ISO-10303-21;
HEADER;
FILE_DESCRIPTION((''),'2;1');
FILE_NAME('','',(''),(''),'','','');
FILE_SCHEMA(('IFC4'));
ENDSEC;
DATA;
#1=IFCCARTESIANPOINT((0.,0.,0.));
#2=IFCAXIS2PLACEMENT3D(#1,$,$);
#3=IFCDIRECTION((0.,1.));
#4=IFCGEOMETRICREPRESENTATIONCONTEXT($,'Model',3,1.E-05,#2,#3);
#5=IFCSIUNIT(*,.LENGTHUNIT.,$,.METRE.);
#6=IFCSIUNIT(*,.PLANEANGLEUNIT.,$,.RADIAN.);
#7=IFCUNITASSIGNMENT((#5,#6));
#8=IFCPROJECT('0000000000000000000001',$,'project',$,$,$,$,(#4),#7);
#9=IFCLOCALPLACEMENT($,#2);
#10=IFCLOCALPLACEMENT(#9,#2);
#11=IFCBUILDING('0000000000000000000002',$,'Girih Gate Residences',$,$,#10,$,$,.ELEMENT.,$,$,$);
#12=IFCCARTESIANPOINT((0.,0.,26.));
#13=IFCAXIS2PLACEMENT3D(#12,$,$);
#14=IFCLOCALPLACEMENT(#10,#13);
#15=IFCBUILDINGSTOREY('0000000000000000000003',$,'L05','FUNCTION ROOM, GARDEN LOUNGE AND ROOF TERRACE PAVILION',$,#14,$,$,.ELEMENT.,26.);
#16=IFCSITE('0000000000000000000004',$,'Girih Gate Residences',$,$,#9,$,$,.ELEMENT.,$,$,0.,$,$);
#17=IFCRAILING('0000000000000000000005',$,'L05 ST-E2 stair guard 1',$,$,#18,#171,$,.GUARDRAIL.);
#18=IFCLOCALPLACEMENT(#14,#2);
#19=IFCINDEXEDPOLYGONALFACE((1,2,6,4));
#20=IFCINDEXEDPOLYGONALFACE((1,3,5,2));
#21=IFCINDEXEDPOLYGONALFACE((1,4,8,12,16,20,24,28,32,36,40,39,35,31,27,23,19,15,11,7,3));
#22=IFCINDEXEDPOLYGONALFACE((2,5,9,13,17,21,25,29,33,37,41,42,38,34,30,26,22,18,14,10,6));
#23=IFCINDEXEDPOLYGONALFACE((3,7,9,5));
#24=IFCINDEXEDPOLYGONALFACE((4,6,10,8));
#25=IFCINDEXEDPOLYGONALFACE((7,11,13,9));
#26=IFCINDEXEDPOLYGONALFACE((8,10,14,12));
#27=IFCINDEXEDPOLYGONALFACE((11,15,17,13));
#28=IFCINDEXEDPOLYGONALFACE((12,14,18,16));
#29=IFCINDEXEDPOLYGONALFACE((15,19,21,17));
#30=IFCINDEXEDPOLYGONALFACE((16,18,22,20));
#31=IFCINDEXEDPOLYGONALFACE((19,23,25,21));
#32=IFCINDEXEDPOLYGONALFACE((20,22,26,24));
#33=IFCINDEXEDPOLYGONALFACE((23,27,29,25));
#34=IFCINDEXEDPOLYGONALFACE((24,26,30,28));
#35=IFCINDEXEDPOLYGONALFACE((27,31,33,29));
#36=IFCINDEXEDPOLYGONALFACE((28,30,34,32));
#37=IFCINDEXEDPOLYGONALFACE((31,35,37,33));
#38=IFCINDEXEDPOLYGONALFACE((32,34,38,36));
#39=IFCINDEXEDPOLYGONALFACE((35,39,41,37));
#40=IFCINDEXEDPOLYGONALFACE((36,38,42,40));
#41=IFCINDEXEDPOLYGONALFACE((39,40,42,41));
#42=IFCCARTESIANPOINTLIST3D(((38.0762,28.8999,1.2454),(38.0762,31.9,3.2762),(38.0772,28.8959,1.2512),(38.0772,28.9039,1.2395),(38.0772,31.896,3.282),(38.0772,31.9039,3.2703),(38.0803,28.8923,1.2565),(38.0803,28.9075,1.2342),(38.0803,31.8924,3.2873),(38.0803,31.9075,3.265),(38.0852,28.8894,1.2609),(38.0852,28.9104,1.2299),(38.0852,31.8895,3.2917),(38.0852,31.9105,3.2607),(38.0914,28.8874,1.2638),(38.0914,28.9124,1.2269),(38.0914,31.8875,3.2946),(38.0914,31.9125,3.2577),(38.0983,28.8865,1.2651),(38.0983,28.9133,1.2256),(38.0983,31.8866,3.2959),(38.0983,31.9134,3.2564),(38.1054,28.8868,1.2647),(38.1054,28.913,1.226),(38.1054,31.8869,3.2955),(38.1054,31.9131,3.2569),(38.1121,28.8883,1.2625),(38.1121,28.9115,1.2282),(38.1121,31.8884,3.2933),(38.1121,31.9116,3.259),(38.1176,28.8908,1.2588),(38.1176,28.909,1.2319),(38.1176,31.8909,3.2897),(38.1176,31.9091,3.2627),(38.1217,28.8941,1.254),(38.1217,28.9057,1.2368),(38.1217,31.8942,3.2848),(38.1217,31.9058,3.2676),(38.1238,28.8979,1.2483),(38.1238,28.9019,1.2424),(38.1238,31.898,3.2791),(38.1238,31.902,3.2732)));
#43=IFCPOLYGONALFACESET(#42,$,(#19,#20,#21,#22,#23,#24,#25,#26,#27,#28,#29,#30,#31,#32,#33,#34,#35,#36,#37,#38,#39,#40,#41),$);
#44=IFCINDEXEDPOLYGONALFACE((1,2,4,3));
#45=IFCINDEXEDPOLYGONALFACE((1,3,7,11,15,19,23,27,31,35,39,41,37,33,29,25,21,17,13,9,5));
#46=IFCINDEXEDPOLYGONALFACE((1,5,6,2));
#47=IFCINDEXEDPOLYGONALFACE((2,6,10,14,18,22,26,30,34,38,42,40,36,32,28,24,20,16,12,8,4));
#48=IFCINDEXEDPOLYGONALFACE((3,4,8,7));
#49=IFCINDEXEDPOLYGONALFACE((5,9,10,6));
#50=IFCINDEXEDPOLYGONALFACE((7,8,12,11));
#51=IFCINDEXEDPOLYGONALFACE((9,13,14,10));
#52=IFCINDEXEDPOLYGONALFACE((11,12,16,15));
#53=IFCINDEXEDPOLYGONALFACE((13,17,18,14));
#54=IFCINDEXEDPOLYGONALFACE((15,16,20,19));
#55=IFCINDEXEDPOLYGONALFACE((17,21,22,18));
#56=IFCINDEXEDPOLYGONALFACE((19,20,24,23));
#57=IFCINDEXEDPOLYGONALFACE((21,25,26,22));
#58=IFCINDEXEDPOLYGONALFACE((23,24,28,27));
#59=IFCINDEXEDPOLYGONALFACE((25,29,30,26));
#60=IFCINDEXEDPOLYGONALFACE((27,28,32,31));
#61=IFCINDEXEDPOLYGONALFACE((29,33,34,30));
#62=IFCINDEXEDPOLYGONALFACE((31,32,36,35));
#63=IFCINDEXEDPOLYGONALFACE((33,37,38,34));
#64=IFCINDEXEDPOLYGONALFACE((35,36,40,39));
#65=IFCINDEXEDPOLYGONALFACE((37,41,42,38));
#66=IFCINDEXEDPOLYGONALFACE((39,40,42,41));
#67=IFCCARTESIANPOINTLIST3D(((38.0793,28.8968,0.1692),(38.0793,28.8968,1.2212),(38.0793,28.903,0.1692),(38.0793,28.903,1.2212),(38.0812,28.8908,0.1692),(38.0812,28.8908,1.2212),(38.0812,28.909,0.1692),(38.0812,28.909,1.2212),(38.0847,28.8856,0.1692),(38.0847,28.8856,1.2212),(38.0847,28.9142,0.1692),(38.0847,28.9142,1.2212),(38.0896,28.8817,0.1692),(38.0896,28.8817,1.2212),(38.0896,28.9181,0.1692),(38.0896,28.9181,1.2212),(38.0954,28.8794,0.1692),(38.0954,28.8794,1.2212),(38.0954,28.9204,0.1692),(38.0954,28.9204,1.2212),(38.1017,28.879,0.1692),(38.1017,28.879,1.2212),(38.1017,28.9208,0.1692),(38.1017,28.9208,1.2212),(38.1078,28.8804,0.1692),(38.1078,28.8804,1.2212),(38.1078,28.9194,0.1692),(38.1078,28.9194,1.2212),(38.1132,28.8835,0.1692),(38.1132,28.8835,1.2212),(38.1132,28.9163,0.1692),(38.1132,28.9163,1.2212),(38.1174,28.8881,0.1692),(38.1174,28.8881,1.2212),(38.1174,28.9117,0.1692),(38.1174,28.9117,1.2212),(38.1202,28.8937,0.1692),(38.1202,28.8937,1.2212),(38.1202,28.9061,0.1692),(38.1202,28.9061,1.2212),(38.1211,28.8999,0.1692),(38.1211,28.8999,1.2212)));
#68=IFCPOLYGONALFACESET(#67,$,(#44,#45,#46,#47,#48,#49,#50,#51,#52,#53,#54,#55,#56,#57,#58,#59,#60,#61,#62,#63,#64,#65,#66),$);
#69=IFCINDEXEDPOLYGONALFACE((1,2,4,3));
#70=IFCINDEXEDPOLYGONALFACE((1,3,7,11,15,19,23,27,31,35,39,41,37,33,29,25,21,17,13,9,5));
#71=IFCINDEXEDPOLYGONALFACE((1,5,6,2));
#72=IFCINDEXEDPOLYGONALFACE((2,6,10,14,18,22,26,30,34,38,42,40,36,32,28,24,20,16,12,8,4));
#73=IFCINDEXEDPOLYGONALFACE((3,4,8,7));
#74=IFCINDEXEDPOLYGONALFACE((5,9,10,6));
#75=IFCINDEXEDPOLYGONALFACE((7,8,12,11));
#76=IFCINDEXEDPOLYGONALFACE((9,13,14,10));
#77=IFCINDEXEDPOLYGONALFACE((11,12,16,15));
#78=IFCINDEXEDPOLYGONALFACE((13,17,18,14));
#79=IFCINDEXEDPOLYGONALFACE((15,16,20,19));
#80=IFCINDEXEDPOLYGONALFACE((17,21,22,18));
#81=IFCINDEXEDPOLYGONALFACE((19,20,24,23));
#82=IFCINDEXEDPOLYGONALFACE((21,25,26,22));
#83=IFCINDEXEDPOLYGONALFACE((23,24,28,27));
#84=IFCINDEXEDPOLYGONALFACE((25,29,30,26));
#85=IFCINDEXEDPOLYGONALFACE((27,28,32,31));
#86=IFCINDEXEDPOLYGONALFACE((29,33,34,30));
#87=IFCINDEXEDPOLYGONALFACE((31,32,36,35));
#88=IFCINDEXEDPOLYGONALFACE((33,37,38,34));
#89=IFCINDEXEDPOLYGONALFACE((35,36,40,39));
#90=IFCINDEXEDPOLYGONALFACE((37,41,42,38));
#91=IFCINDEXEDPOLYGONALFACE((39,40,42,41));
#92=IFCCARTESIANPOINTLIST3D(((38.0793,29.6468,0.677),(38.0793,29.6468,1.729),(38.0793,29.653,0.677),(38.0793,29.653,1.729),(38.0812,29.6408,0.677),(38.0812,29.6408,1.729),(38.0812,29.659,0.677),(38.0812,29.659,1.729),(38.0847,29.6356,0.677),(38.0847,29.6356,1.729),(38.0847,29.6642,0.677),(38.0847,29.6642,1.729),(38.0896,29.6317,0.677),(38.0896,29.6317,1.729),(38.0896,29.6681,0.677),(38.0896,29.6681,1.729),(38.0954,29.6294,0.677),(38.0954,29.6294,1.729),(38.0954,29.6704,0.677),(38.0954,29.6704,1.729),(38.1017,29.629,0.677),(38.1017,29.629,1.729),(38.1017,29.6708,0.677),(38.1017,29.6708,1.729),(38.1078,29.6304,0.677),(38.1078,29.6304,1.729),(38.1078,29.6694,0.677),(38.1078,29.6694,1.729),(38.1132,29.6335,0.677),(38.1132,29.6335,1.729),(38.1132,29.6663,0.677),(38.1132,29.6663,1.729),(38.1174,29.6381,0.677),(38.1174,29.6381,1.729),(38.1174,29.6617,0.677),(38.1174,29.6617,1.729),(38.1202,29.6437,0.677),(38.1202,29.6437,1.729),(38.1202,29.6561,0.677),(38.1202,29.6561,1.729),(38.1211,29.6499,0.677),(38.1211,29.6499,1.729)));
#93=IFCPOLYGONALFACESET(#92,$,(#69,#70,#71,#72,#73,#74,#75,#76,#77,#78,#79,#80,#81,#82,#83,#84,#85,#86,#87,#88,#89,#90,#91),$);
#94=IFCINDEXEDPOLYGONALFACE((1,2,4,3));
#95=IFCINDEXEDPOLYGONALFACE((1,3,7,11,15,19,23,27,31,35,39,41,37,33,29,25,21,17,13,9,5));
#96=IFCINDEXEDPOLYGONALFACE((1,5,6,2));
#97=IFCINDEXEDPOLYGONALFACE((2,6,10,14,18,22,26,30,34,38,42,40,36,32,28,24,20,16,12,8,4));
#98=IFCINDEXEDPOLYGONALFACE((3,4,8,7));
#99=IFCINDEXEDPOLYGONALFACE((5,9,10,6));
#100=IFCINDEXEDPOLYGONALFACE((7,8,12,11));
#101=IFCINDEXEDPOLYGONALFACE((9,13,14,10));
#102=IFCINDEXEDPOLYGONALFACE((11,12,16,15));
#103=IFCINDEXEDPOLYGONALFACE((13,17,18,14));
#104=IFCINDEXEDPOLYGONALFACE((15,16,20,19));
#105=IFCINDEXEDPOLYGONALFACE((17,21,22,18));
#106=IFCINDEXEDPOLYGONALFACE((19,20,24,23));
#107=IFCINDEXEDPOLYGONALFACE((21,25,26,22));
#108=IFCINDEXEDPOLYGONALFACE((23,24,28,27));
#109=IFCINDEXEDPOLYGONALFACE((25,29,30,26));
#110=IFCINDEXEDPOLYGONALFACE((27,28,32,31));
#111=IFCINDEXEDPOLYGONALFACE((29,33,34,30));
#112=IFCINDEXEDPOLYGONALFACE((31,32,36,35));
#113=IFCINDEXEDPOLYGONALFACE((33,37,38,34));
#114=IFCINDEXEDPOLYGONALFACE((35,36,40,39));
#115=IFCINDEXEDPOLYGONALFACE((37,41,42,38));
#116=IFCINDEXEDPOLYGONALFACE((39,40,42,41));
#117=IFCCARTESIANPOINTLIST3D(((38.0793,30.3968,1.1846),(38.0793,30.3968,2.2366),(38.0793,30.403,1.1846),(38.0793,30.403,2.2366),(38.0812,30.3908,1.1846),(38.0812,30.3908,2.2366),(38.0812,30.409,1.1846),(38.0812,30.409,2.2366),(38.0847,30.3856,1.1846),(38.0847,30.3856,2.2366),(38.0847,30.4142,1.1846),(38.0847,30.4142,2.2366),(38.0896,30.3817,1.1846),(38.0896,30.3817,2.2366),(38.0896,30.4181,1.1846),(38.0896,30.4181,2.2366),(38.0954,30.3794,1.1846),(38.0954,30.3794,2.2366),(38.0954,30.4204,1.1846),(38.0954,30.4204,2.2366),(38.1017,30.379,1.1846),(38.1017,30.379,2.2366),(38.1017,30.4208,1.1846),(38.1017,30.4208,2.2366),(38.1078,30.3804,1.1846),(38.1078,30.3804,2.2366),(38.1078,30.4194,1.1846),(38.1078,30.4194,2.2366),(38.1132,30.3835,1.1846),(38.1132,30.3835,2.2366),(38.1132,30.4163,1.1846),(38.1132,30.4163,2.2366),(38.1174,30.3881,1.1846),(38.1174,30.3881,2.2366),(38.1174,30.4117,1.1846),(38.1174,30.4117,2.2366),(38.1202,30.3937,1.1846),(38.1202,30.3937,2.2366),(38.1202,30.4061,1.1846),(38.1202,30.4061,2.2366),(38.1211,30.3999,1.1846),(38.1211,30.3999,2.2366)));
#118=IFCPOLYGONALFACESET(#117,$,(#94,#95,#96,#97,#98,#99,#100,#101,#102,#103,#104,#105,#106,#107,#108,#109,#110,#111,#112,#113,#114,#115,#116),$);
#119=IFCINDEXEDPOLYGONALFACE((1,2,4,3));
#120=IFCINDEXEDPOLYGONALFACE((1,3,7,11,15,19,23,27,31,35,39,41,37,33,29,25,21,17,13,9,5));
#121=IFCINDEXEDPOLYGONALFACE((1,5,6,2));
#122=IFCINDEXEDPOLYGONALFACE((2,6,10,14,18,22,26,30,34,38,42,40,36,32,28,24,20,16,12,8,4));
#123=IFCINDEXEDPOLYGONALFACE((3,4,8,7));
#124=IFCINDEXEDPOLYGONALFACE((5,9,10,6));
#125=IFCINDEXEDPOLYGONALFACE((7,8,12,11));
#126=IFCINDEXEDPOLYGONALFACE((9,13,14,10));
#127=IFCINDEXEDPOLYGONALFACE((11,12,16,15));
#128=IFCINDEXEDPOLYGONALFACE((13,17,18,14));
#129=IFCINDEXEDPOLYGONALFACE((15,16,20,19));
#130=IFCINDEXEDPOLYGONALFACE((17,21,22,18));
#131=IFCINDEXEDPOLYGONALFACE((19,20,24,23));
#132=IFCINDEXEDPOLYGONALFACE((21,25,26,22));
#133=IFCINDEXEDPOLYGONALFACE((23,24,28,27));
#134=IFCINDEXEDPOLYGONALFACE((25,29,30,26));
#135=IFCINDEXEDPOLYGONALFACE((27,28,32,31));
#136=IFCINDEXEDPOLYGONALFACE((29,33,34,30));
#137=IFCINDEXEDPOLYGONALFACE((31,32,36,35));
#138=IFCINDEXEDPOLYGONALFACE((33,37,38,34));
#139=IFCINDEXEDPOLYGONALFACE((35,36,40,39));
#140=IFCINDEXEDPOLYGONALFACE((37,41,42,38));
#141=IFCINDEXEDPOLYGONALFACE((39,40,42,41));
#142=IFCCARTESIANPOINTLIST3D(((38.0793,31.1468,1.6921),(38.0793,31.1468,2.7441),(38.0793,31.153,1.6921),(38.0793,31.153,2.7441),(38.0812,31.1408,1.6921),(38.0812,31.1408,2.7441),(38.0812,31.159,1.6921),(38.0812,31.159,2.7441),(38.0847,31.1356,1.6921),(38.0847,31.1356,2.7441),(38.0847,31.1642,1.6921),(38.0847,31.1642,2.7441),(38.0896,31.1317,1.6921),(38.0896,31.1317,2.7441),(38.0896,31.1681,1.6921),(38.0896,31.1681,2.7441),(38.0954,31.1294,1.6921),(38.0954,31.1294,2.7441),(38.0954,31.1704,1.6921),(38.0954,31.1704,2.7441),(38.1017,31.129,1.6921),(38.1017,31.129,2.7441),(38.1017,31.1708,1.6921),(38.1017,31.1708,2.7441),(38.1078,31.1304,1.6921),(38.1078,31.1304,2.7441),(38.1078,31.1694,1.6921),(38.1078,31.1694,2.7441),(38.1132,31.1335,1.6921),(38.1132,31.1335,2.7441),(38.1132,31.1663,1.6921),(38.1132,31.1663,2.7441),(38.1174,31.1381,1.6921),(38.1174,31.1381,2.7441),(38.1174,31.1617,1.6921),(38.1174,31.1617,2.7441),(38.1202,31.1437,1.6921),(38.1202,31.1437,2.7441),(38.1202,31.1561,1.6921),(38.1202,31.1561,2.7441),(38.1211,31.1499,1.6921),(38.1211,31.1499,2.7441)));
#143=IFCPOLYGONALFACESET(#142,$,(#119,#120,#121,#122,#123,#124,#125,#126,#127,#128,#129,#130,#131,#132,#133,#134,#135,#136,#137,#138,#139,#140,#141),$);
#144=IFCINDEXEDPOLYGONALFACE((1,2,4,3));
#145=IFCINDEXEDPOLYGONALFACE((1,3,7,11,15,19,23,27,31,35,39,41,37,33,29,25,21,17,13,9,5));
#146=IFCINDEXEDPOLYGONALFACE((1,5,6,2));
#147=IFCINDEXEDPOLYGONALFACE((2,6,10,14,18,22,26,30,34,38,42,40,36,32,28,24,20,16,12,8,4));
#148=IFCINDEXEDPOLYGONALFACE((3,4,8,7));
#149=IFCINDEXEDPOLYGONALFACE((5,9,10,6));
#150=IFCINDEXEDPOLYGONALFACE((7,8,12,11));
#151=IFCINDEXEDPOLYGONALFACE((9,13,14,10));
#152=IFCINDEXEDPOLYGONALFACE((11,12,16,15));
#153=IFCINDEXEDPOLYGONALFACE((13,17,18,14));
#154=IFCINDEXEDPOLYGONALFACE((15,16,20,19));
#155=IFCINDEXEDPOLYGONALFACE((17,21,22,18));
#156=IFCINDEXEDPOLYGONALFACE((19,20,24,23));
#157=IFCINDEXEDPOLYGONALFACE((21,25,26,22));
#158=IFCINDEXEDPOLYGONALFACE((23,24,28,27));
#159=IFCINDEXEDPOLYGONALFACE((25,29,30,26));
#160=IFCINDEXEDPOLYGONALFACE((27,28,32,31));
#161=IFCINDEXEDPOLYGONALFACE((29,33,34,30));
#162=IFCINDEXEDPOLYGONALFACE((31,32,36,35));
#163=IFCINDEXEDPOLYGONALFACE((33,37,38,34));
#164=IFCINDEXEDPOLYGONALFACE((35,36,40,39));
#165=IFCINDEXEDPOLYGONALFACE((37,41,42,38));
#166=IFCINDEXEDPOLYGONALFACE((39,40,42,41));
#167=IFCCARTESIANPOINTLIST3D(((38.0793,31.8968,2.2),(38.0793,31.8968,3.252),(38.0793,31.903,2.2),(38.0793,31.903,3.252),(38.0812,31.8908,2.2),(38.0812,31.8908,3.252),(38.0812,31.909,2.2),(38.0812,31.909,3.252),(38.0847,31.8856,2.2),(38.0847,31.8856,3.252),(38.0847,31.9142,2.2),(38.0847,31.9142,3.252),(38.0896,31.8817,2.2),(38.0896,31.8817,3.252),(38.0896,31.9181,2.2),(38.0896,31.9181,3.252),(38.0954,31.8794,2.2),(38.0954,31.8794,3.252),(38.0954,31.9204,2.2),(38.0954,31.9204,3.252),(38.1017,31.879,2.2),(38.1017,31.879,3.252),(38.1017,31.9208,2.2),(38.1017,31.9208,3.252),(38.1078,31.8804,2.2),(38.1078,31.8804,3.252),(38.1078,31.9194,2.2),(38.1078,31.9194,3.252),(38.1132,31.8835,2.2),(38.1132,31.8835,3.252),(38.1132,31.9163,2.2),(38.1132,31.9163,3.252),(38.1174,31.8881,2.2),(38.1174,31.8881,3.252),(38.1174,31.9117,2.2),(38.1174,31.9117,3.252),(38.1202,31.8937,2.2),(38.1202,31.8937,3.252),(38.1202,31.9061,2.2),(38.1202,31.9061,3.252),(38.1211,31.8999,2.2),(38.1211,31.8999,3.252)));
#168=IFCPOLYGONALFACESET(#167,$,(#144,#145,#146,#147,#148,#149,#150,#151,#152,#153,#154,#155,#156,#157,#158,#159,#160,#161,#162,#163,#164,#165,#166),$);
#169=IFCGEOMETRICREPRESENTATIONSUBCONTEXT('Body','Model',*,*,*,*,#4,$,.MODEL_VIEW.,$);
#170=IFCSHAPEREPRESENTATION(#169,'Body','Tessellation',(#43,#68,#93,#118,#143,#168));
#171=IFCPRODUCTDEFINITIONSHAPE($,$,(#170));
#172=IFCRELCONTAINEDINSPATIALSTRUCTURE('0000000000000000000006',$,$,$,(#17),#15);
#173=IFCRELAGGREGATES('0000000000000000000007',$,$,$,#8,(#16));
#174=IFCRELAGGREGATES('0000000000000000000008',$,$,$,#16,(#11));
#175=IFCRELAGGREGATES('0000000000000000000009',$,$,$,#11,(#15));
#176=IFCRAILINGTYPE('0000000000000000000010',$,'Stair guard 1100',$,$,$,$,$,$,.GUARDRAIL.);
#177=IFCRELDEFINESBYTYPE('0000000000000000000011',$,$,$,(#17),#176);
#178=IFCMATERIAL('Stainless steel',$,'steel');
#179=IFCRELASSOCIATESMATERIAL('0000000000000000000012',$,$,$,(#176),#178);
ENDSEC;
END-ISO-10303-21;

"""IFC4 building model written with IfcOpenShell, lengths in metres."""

from ifc_helpers import new_model, si_unit, direction, frame, origin, origin_2d, place, context, subcontext, project, spatial, circle, extrude, material, type_object, element, save


model = new_model("IFC4")

# Units and contexts
model_context = context("Model", 3, precision=1e-05, world=origin(), true_north=direction((0.0, 1.0)))
body_context = subcontext(model_context, "Body", "Model", "MODEL_VIEW")
ifc_project = project(units=[si_unit("LENGTHUNIT", "METRE"), si_unit("PLANEANGLEUNIT", "RADIAN")], contexts=[model_context])

# Site, building, storey
site_placement = place(None, origin())
site = spatial("IfcSite", under=ifc_project, at=site_placement, Name="Girih Gate Residences", CompositionType="ELEMENT", RefElevation=0.0)
building_placement = place(site_placement, origin())
building = spatial("IfcBuilding", under=site, at=building_placement, Name="Girih Gate Residences", CompositionType="ELEMENT")
storey_placement = place(building_placement, frame((0.0, 0.0, 26.0)))
storey = spatial("IfcBuildingStorey", under=building, at=storey_placement, Name="L05", Description="FUNCTION ROOM, GARDEN LOUNGE AND ROOF TERRACE PAVILION", CompositionType="ELEMENT", Elevation=26.0)

# Railing
ifc_material_1 = material(Name="Stainless steel", Category="steel")
railing_type_1 = type_object("IfcRailingType", Name="Stair guard 1100", PredefinedType="GUARDRAIL", material=ifc_material_1)
for number, where, name in (
    (1, (38.1001, 28.8999, 0.1692), "L05 ST-E2 stair guard 1"),
):
    element("IfcRailing", number, at=place(storey_placement, frame(where)), inside=storey, type_object=railing_type_1, Name=name, PredefinedType="GUARDRAIL", context=body_context, shape_type="SweptSolid", body=[
        extrude(circle(Radius=0.0239, at=origin_2d()), frame((0.0, 0.0, 1.0762), z_axis=(0.0, 0.82811, 0.560565), x_axis=(-1.0, 0.0, 0.0)), (0.0, 0.0, 1.0), 3.6228),
        extrude(circle(Radius=0.021, at=origin_2d()), origin(), (0.0, 0.0, 1.0), 1.052),
        extrude(circle(Radius=0.021, at=origin_2d()), frame((0.0, 0.75, 0.5078)), (0.0, 0.0, 1.0), 1.052),
        extrude(circle(Radius=0.021, at=origin_2d()), frame((0.0, 1.5, 1.0154)), (0.0, 0.0, 1.0), 1.052),
        extrude(circle(Radius=0.021, at=origin_2d()), frame((0.0, 2.25, 1.5229)), (0.0, 0.0, 1.0), 1.052),
        extrude(circle(Radius=0.021, at=origin_2d()), frame((0.0, 3.0, 2.0308)), (0.0, 0.0, 1.0), 1.052),
    ])

save(model, "model.ifc")
